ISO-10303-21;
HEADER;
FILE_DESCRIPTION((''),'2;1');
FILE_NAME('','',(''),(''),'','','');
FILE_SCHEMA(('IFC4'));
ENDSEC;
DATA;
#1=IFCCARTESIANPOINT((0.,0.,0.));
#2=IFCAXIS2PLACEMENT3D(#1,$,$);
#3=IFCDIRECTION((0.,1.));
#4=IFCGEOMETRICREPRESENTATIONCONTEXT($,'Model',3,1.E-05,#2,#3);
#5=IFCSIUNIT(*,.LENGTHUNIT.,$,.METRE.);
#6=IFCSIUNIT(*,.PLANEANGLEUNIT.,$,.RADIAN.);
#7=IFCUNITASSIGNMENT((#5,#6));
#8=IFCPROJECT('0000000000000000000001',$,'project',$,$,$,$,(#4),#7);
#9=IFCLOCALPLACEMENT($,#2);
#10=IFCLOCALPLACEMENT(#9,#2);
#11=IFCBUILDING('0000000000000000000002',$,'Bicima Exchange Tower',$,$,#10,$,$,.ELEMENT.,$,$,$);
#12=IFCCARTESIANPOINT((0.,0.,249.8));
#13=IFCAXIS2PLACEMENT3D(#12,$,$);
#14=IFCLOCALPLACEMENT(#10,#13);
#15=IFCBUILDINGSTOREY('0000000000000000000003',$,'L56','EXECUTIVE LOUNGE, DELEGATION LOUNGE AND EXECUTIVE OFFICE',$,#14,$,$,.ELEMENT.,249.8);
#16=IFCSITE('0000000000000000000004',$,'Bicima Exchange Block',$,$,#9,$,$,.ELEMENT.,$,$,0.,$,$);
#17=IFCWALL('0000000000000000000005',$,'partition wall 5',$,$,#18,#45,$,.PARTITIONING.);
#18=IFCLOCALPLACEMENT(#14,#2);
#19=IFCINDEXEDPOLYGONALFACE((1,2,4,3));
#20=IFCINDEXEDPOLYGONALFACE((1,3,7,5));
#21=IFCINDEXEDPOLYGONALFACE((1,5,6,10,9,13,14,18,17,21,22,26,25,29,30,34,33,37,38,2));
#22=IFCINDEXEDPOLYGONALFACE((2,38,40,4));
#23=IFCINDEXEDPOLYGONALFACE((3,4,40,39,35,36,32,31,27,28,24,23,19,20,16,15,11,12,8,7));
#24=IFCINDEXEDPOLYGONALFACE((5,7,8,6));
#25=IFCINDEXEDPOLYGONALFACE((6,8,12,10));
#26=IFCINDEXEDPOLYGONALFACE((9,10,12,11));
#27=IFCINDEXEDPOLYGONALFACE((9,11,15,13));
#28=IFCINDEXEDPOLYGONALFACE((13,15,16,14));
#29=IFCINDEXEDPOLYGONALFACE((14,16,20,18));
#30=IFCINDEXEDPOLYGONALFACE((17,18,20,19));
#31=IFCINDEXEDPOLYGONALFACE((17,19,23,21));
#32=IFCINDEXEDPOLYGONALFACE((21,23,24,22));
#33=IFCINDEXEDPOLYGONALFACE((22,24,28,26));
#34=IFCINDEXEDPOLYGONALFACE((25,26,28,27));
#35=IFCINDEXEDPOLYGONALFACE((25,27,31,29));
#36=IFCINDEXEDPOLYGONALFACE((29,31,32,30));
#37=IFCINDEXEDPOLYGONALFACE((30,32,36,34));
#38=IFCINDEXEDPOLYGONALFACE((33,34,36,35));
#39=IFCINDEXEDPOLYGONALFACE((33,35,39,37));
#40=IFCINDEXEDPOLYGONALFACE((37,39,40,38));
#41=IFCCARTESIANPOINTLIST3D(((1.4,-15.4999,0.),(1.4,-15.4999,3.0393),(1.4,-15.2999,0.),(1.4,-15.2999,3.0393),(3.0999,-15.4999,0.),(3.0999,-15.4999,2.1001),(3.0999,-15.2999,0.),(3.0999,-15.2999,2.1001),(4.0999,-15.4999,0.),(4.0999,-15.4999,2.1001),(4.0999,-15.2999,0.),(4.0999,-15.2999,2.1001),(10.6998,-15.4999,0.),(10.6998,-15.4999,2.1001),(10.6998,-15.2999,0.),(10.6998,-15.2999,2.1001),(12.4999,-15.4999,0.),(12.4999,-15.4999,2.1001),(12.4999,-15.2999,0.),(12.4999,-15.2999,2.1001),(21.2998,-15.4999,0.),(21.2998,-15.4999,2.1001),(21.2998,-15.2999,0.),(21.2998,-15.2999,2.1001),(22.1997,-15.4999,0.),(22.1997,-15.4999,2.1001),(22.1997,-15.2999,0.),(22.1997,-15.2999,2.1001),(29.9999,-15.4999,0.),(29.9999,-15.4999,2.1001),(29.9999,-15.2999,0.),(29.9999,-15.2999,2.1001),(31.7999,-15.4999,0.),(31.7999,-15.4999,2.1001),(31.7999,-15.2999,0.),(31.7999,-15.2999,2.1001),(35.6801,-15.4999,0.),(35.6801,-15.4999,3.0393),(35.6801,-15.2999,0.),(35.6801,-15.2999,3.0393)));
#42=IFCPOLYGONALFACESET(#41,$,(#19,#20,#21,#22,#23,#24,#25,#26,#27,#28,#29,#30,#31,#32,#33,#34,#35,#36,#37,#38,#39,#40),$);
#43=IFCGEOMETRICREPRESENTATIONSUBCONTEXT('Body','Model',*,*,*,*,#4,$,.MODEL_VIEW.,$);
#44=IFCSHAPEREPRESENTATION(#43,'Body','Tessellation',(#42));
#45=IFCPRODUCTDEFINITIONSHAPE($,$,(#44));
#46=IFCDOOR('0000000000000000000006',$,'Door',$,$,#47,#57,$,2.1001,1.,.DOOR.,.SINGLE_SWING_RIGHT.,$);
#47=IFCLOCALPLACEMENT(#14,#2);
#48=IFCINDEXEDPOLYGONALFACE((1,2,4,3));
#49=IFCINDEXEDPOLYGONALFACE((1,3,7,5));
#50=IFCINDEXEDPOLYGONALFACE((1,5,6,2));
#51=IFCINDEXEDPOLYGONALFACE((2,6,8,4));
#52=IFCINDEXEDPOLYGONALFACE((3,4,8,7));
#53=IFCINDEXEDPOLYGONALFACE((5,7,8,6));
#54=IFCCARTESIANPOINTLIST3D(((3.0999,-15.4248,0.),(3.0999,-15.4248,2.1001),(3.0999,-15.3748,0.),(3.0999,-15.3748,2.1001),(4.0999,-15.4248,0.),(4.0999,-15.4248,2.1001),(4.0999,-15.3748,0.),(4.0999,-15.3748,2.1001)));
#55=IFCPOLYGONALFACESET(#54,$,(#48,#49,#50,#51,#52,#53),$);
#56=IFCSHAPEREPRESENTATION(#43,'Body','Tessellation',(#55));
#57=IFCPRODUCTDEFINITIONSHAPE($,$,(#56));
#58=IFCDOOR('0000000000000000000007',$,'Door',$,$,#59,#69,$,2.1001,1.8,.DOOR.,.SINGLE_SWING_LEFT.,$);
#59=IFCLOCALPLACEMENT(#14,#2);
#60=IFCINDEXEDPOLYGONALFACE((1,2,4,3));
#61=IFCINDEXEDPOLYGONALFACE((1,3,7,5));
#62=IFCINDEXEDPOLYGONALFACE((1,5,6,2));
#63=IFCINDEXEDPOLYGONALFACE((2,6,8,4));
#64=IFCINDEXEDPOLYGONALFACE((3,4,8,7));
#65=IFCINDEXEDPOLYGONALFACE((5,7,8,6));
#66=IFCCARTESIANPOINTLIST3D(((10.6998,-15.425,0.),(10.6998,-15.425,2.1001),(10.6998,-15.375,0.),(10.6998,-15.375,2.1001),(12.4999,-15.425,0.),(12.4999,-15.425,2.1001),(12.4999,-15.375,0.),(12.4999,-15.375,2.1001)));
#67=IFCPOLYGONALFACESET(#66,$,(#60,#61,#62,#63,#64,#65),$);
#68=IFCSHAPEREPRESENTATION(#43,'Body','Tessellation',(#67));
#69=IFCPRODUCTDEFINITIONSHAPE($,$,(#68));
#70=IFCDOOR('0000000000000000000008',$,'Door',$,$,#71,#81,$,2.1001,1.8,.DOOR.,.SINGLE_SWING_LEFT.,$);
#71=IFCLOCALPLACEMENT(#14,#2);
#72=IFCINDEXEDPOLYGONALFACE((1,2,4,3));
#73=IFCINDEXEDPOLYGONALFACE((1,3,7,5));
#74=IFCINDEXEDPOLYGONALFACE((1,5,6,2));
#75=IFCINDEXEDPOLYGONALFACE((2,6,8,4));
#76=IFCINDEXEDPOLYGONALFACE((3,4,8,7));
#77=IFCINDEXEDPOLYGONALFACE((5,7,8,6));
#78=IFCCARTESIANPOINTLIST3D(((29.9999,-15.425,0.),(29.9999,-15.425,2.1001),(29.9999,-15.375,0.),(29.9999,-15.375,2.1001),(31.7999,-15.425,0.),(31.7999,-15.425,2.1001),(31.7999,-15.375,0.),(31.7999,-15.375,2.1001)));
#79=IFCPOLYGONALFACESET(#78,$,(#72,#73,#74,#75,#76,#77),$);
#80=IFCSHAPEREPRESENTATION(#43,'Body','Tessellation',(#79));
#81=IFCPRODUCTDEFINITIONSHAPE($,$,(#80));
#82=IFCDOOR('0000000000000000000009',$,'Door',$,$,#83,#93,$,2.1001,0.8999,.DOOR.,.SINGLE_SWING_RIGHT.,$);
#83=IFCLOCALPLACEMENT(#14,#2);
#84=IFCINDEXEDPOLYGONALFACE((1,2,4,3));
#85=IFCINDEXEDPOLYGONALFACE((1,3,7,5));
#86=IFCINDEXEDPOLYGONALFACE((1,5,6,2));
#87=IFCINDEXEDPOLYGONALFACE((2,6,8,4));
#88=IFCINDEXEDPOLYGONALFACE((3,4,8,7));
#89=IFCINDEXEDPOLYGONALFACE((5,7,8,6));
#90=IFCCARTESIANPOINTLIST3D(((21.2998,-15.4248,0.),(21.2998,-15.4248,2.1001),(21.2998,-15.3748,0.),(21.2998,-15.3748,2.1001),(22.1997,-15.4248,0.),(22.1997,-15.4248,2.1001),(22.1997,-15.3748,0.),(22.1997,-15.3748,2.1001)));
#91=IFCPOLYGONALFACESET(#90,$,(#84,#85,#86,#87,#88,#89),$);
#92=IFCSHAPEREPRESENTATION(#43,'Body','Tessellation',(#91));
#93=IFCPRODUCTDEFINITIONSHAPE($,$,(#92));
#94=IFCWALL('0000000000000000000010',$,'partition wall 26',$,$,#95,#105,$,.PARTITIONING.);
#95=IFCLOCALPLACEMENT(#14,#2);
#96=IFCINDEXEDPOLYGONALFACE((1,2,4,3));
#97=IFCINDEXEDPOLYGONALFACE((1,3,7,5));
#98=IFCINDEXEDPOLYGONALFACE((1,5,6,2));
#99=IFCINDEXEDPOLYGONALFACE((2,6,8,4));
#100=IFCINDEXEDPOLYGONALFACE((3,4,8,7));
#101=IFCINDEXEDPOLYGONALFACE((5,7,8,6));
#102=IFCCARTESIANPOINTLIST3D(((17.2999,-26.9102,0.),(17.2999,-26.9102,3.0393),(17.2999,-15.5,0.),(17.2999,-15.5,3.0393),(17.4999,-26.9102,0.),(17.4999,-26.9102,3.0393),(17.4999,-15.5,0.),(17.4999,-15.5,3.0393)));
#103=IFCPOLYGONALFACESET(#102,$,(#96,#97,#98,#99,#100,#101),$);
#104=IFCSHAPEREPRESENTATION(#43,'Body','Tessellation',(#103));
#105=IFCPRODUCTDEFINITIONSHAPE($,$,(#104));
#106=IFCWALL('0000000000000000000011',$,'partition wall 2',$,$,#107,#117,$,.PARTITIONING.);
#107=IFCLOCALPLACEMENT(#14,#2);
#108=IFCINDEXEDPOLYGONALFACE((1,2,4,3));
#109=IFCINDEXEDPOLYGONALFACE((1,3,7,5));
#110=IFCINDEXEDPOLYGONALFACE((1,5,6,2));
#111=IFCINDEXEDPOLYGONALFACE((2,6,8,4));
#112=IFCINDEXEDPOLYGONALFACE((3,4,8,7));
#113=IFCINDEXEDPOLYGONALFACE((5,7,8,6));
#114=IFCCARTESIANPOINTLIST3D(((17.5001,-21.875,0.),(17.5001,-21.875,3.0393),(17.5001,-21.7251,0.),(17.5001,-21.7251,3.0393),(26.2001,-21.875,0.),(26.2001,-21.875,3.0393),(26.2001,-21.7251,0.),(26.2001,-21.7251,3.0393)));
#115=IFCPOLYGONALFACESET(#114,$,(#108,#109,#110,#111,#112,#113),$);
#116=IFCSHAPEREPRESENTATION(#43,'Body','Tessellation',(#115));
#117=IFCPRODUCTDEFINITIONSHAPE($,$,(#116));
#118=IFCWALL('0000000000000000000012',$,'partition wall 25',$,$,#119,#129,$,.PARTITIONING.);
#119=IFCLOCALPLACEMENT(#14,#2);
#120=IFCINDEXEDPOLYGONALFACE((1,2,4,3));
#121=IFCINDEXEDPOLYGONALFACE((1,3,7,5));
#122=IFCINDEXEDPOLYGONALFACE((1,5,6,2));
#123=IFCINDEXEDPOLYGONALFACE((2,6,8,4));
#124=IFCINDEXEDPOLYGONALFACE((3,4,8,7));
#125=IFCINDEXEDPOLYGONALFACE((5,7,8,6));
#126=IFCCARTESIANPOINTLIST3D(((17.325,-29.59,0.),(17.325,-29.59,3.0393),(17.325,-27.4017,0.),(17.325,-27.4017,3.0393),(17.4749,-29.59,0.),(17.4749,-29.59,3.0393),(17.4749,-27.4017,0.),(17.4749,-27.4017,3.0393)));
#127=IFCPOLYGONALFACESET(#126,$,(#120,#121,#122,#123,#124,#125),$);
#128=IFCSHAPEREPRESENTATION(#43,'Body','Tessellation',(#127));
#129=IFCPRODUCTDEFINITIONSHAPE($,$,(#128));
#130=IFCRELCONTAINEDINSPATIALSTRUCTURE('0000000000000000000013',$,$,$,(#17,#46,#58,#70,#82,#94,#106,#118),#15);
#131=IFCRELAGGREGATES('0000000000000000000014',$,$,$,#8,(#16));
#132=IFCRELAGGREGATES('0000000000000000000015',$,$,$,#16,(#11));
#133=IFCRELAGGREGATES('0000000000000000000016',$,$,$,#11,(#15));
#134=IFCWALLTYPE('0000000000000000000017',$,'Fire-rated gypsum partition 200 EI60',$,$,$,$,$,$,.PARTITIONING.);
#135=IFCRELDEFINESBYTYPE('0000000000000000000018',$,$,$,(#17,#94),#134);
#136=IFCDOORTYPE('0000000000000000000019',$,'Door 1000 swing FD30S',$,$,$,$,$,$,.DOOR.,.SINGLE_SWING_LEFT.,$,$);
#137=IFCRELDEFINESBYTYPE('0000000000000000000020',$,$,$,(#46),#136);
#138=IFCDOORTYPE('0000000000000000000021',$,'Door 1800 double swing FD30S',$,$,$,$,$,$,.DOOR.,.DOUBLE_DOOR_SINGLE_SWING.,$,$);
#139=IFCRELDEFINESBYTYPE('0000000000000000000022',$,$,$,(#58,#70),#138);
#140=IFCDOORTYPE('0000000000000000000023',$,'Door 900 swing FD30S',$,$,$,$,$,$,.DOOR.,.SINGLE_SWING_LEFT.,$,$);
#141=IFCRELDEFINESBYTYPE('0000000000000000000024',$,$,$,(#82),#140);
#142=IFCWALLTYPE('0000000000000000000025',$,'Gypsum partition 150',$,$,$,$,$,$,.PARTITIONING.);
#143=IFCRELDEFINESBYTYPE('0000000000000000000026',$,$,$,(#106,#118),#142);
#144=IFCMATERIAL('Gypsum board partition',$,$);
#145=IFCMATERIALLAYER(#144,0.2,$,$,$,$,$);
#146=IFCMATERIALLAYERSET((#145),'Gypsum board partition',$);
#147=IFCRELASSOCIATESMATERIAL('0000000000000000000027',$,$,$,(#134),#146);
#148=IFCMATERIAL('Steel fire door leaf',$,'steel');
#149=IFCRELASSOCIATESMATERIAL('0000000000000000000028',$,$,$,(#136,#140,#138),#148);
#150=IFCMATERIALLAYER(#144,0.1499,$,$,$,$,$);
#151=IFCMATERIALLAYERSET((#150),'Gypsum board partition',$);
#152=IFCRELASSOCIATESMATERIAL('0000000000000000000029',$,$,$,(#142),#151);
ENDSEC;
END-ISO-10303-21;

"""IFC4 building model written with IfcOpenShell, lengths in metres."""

from ifc_helpers import new_model, si_unit, direction, frame, frame_2d, origin, place, context, subcontext, project, spatial, rectangle, extrude, material, layer, layer_set, type_object, element, fill, save


model = new_model("IFC4")

# Units and contexts
model_context = context("Model", 3, precision=1e-05, world=origin(), true_north=direction((0.0, 1.0)))
body_context = subcontext(model_context, "Body", "Model", "MODEL_VIEW")
ifc_project = project(units=[si_unit("LENGTHUNIT", "METRE"), si_unit("PLANEANGLEUNIT", "RADIAN")], contexts=[model_context])

# Site, building, storey
site_placement = place(None, origin())
site = spatial("IfcSite", under=ifc_project, at=site_placement, Name="Bicima Exchange Block", CompositionType="ELEMENT", RefElevation=0.0)
building_placement = place(site_placement, origin())
building = spatial("IfcBuilding", under=site, at=building_placement, Name="Bicima Exchange Tower", CompositionType="ELEMENT")
storey_placement = place(building_placement, frame((0.0, 0.0, 249.8)))
storey = spatial("IfcBuildingStorey", under=building, at=storey_placement, Name="L56", Description="EXECUTIVE LOUNGE, DELEGATION LOUNGE AND EXECUTIVE OFFICE", CompositionType="ELEMENT", Elevation=249.8)

# Wall, openings, doors
ifc_material_1 = material(Name="Gypsum board partition")
ifc_layer_1 = layer(ifc_material_1, 0.2)
ifc_layer_set_1 = layer_set([ifc_layer_1], Name="Gypsum board partition")
wall_type_1 = type_object("IfcWallType", Name="Fire-rated gypsum partition 200 EI60", PredefinedType="PARTITIONING", material=ifc_layer_set_1)
ifc_material_2 = material(Name="Steel fire door leaf", Category="steel")
door_type_1 = type_object("IfcDoorType", Name="Door 1000 swing FD30S", OperationType="SINGLE_SWING_LEFT", PredefinedType="DOOR", material=ifc_material_2)
door_type_2 = type_object("IfcDoorType", Name="Door 900 swing FD30S", OperationType="SINGLE_SWING_LEFT", PredefinedType="DOOR", material=ifc_material_2)
wall_1_placement = place(storey_placement, frame((1.3999, -15.3999, 0.0), z_axis=(0.0, 0.0, 1.0), x_axis=(1.0, 0.0, 0.0)))
wall_1 = element("IfcWall", 1, at=wall_1_placement, inside=storey, type_object=wall_type_1, Name="partition wall 5", PredefinedType="PARTITIONING", context=body_context, shape_type="SweptSolid", body=[
    extrude(rectangle(XDim=34.28, YDim=0.2, at=frame_2d((17.1401, 0.0))), origin(), (0.0, 0.0, 1.0), 3.0393),
])
opening_1_placement = place(wall_1_placement, frame((1.7, 0.0, 0.0)))
opening_1 = element("IfcOpeningElement", 2, at=opening_1_placement, cuts=wall_1, PredefinedType="OPENING", context=body_context, shape_type="SweptSolid", body=[
    extrude(rectangle(XDim=1.0, YDim=2.1001, at=frame_2d((0.5, 1.05))), frame((0.0, 0.1118, 0.0), z_axis=(0.0, -1.0, 0.0), x_axis=(1.0, 0.0, 0.0)), (0.0, 0.0, 1.0), 0.2239),
])
opening_2_placement = place(wall_1_placement, frame((9.3, 0.0, 0.0)))
opening_2 = element("IfcOpeningElement", 3, at=opening_2_placement, cuts=wall_1, PredefinedType="OPENING", context=body_context, shape_type="SweptSolid", body=[
    extrude(rectangle(XDim=1.8, YDim=2.1001, at=frame_2d((0.8999, 1.05))), frame((0.0, 0.1118, 0.0), z_axis=(0.0, -1.0, 0.0), x_axis=(1.0, 0.0, 0.0)), (0.0, 0.0, 1.0), 0.2239),
])
opening_3_placement = place(wall_1_placement, frame((19.8999, 0.0, 0.0)))
opening_3 = element("IfcOpeningElement", 4, at=opening_3_placement, cuts=wall_1, PredefinedType="OPENING", context=body_context, shape_type="SweptSolid", body=[
    extrude(rectangle(XDim=0.8999, YDim=2.1001, at=frame_2d((0.45, 1.05))), frame((0.0, 0.1118, 0.0), z_axis=(0.0, -1.0, 0.0), x_axis=(1.0, 0.0, 0.0)), (0.0, 0.0, 1.0), 0.2239),
])
opening_4_placement = place(wall_1_placement, frame((28.6001, 0.0, 0.0)))
opening_4 = element("IfcOpeningElement", 5, at=opening_4_placement, cuts=wall_1, PredefinedType="OPENING", context=body_context, shape_type="SweptSolid", body=[
    extrude(rectangle(XDim=1.8, YDim=2.1001, at=frame_2d((0.8999, 1.05))), frame((0.0, 0.1118, 0.0), z_axis=(0.0, -1.0, 0.0), x_axis=(1.0, 0.0, 0.0)), (0.0, 0.0, 1.0), 0.2239),
])
door_1_placement = place(opening_1_placement, frame((1.0, 0.0, 0.0), z_axis=(0.0, 0.0, 1.0), x_axis=(-1.0, 0.0, 0.0)))
door_1 = element("IfcDoor", 6, at=door_1_placement, inside=storey, type_object=door_type_1, Name="Door", OperationType="SINGLE_SWING_RIGHT", OverallHeight=2.1001, OverallWidth=1.0, PredefinedType="DOOR", context=body_context, shape_type="SweptSolid", body=[
    extrude(rectangle(XDim=1.0, YDim=2.1001, at=frame_2d((0.5, 1.05))), frame((0.0, 0.0249, 0.0), z_axis=(0.0, -1.0, 0.0), x_axis=(1.0, 0.0, 0.0)), (0.0, 0.0, 1.0), 0.05),
])
fill(opening_1, door_1)
door_type_3 = type_object("IfcDoorType", Name="Door 1800 double swing FD30S", OperationType="DOUBLE_DOOR_SINGLE_SWING", PredefinedType="DOOR", material=ifc_material_2)
door_2_placement = place(opening_2_placement, origin())
door_2 = element("IfcDoor", 7, at=door_2_placement, inside=storey, type_object=door_type_3, Name="Door", OperationType="SINGLE_SWING_LEFT", OverallHeight=2.1001, OverallWidth=1.8, PredefinedType="DOOR", context=body_context, shape_type="SweptSolid", body=[
    extrude(rectangle(XDim=1.8, YDim=2.1001, at=frame_2d((0.8999, 1.05))), frame((0.0, 0.0249, 0.0), z_axis=(0.0, -1.0, 0.0), x_axis=(1.0, 0.0, 0.0)), (0.0, 0.0, 1.0), 0.05),
])
fill(opening_2, door_2)
door_3_placement = place(opening_4_placement, origin())
door_3 = element("IfcDoor", 8, at=door_3_placement, inside=storey, type_object=door_type_3, Name="Door", OperationType="SINGLE_SWING_LEFT", OverallHeight=2.1001, OverallWidth=1.8, PredefinedType="DOOR", context=body_context, shape_type="SweptSolid", body=[
    extrude(rectangle(XDim=1.8, YDim=2.1001, at=frame_2d((0.8999, 1.05))), frame((0.0, 0.0249, 0.0), z_axis=(0.0, -1.0, 0.0), x_axis=(1.0, 0.0, 0.0)), (0.0, 0.0, 1.0), 0.05),
])
fill(opening_4, door_3)
door_4_placement = place(opening_3_placement, frame((0.8999, 0.0, 0.0), z_axis=(0.0, 0.0, 1.0), x_axis=(-1.0, 0.0, 0.0)))
door_4 = element("IfcDoor", 9, at=door_4_placement, inside=storey, type_object=door_type_2, Name="Door", OperationType="SINGLE_SWING_RIGHT", OverallHeight=2.1001, OverallWidth=0.8999, PredefinedType="DOOR", context=body_context, shape_type="SweptSolid", body=[
    extrude(rectangle(XDim=0.8999, YDim=2.1001, at=frame_2d((0.45, 1.05))), frame((0.0, 0.0249, 0.0), z_axis=(0.0, -1.0, 0.0), x_axis=(1.0, 0.0, 0.0)), (0.0, 0.0, 1.0), 0.05),
])
fill(opening_3, door_4)

# Walls
wall_2_placement = place(storey_placement, frame((17.3999, -26.9102, 0.0), z_axis=(0.0, 0.0, 1.0), x_axis=(0.0, 1.0, 0.0)))
element("IfcWall", 10, at=wall_2_placement, inside=storey, type_object=wall_type_1, Name="partition wall 26", PredefinedType="PARTITIONING", context=body_context, shape_type="SweptSolid", body=[
    extrude(rectangle(XDim=11.4102, YDim=0.2, at=frame_2d((5.7051, 0.0))), origin(), (0.0, 0.0, 1.0), 3.0393),
])
ifc_layer_2 = layer(ifc_material_1, 0.1499)
ifc_layer_set_2 = layer_set([ifc_layer_2], Name="Gypsum board partition")
wall_type_2 = type_object("IfcWallType", Name="Gypsum partition 150", PredefinedType="PARTITIONING", material=ifc_layer_set_2)
wall_3_placement = place(storey_placement, frame((17.5, -21.8, 0.0), z_axis=(0.0, 0.0, 1.0), x_axis=(1.0, 0.0, 0.0)))
element("IfcWall", 11, at=wall_3_placement, inside=storey, type_object=wall_type_2, Name="partition wall 2", PredefinedType="PARTITIONING", context=body_context, shape_type="SweptSolid", body=[
    extrude(rectangle(XDim=8.7, YDim=0.1499, at=frame_2d((4.3501, 0.0))), origin(), (0.0, 0.0, 1.0), 3.0393),
])
wall_4_placement = place(storey_placement, frame((17.3999, -29.5901, 0.0), z_axis=(0.0, 0.0, 1.0), x_axis=(0.0, 1.0, 0.0)))
element("IfcWall", 12, at=wall_4_placement, inside=storey, type_object=wall_type_2, Name="partition wall 25", PredefinedType="PARTITIONING", context=body_context, shape_type="SweptSolid", body=[
    extrude(rectangle(XDim=2.1882, YDim=0.1499, at=frame_2d((1.0942, 0.0))), origin(), (0.0, 0.0, 1.0), 3.0393),
])

save(model, "model.ifc")
